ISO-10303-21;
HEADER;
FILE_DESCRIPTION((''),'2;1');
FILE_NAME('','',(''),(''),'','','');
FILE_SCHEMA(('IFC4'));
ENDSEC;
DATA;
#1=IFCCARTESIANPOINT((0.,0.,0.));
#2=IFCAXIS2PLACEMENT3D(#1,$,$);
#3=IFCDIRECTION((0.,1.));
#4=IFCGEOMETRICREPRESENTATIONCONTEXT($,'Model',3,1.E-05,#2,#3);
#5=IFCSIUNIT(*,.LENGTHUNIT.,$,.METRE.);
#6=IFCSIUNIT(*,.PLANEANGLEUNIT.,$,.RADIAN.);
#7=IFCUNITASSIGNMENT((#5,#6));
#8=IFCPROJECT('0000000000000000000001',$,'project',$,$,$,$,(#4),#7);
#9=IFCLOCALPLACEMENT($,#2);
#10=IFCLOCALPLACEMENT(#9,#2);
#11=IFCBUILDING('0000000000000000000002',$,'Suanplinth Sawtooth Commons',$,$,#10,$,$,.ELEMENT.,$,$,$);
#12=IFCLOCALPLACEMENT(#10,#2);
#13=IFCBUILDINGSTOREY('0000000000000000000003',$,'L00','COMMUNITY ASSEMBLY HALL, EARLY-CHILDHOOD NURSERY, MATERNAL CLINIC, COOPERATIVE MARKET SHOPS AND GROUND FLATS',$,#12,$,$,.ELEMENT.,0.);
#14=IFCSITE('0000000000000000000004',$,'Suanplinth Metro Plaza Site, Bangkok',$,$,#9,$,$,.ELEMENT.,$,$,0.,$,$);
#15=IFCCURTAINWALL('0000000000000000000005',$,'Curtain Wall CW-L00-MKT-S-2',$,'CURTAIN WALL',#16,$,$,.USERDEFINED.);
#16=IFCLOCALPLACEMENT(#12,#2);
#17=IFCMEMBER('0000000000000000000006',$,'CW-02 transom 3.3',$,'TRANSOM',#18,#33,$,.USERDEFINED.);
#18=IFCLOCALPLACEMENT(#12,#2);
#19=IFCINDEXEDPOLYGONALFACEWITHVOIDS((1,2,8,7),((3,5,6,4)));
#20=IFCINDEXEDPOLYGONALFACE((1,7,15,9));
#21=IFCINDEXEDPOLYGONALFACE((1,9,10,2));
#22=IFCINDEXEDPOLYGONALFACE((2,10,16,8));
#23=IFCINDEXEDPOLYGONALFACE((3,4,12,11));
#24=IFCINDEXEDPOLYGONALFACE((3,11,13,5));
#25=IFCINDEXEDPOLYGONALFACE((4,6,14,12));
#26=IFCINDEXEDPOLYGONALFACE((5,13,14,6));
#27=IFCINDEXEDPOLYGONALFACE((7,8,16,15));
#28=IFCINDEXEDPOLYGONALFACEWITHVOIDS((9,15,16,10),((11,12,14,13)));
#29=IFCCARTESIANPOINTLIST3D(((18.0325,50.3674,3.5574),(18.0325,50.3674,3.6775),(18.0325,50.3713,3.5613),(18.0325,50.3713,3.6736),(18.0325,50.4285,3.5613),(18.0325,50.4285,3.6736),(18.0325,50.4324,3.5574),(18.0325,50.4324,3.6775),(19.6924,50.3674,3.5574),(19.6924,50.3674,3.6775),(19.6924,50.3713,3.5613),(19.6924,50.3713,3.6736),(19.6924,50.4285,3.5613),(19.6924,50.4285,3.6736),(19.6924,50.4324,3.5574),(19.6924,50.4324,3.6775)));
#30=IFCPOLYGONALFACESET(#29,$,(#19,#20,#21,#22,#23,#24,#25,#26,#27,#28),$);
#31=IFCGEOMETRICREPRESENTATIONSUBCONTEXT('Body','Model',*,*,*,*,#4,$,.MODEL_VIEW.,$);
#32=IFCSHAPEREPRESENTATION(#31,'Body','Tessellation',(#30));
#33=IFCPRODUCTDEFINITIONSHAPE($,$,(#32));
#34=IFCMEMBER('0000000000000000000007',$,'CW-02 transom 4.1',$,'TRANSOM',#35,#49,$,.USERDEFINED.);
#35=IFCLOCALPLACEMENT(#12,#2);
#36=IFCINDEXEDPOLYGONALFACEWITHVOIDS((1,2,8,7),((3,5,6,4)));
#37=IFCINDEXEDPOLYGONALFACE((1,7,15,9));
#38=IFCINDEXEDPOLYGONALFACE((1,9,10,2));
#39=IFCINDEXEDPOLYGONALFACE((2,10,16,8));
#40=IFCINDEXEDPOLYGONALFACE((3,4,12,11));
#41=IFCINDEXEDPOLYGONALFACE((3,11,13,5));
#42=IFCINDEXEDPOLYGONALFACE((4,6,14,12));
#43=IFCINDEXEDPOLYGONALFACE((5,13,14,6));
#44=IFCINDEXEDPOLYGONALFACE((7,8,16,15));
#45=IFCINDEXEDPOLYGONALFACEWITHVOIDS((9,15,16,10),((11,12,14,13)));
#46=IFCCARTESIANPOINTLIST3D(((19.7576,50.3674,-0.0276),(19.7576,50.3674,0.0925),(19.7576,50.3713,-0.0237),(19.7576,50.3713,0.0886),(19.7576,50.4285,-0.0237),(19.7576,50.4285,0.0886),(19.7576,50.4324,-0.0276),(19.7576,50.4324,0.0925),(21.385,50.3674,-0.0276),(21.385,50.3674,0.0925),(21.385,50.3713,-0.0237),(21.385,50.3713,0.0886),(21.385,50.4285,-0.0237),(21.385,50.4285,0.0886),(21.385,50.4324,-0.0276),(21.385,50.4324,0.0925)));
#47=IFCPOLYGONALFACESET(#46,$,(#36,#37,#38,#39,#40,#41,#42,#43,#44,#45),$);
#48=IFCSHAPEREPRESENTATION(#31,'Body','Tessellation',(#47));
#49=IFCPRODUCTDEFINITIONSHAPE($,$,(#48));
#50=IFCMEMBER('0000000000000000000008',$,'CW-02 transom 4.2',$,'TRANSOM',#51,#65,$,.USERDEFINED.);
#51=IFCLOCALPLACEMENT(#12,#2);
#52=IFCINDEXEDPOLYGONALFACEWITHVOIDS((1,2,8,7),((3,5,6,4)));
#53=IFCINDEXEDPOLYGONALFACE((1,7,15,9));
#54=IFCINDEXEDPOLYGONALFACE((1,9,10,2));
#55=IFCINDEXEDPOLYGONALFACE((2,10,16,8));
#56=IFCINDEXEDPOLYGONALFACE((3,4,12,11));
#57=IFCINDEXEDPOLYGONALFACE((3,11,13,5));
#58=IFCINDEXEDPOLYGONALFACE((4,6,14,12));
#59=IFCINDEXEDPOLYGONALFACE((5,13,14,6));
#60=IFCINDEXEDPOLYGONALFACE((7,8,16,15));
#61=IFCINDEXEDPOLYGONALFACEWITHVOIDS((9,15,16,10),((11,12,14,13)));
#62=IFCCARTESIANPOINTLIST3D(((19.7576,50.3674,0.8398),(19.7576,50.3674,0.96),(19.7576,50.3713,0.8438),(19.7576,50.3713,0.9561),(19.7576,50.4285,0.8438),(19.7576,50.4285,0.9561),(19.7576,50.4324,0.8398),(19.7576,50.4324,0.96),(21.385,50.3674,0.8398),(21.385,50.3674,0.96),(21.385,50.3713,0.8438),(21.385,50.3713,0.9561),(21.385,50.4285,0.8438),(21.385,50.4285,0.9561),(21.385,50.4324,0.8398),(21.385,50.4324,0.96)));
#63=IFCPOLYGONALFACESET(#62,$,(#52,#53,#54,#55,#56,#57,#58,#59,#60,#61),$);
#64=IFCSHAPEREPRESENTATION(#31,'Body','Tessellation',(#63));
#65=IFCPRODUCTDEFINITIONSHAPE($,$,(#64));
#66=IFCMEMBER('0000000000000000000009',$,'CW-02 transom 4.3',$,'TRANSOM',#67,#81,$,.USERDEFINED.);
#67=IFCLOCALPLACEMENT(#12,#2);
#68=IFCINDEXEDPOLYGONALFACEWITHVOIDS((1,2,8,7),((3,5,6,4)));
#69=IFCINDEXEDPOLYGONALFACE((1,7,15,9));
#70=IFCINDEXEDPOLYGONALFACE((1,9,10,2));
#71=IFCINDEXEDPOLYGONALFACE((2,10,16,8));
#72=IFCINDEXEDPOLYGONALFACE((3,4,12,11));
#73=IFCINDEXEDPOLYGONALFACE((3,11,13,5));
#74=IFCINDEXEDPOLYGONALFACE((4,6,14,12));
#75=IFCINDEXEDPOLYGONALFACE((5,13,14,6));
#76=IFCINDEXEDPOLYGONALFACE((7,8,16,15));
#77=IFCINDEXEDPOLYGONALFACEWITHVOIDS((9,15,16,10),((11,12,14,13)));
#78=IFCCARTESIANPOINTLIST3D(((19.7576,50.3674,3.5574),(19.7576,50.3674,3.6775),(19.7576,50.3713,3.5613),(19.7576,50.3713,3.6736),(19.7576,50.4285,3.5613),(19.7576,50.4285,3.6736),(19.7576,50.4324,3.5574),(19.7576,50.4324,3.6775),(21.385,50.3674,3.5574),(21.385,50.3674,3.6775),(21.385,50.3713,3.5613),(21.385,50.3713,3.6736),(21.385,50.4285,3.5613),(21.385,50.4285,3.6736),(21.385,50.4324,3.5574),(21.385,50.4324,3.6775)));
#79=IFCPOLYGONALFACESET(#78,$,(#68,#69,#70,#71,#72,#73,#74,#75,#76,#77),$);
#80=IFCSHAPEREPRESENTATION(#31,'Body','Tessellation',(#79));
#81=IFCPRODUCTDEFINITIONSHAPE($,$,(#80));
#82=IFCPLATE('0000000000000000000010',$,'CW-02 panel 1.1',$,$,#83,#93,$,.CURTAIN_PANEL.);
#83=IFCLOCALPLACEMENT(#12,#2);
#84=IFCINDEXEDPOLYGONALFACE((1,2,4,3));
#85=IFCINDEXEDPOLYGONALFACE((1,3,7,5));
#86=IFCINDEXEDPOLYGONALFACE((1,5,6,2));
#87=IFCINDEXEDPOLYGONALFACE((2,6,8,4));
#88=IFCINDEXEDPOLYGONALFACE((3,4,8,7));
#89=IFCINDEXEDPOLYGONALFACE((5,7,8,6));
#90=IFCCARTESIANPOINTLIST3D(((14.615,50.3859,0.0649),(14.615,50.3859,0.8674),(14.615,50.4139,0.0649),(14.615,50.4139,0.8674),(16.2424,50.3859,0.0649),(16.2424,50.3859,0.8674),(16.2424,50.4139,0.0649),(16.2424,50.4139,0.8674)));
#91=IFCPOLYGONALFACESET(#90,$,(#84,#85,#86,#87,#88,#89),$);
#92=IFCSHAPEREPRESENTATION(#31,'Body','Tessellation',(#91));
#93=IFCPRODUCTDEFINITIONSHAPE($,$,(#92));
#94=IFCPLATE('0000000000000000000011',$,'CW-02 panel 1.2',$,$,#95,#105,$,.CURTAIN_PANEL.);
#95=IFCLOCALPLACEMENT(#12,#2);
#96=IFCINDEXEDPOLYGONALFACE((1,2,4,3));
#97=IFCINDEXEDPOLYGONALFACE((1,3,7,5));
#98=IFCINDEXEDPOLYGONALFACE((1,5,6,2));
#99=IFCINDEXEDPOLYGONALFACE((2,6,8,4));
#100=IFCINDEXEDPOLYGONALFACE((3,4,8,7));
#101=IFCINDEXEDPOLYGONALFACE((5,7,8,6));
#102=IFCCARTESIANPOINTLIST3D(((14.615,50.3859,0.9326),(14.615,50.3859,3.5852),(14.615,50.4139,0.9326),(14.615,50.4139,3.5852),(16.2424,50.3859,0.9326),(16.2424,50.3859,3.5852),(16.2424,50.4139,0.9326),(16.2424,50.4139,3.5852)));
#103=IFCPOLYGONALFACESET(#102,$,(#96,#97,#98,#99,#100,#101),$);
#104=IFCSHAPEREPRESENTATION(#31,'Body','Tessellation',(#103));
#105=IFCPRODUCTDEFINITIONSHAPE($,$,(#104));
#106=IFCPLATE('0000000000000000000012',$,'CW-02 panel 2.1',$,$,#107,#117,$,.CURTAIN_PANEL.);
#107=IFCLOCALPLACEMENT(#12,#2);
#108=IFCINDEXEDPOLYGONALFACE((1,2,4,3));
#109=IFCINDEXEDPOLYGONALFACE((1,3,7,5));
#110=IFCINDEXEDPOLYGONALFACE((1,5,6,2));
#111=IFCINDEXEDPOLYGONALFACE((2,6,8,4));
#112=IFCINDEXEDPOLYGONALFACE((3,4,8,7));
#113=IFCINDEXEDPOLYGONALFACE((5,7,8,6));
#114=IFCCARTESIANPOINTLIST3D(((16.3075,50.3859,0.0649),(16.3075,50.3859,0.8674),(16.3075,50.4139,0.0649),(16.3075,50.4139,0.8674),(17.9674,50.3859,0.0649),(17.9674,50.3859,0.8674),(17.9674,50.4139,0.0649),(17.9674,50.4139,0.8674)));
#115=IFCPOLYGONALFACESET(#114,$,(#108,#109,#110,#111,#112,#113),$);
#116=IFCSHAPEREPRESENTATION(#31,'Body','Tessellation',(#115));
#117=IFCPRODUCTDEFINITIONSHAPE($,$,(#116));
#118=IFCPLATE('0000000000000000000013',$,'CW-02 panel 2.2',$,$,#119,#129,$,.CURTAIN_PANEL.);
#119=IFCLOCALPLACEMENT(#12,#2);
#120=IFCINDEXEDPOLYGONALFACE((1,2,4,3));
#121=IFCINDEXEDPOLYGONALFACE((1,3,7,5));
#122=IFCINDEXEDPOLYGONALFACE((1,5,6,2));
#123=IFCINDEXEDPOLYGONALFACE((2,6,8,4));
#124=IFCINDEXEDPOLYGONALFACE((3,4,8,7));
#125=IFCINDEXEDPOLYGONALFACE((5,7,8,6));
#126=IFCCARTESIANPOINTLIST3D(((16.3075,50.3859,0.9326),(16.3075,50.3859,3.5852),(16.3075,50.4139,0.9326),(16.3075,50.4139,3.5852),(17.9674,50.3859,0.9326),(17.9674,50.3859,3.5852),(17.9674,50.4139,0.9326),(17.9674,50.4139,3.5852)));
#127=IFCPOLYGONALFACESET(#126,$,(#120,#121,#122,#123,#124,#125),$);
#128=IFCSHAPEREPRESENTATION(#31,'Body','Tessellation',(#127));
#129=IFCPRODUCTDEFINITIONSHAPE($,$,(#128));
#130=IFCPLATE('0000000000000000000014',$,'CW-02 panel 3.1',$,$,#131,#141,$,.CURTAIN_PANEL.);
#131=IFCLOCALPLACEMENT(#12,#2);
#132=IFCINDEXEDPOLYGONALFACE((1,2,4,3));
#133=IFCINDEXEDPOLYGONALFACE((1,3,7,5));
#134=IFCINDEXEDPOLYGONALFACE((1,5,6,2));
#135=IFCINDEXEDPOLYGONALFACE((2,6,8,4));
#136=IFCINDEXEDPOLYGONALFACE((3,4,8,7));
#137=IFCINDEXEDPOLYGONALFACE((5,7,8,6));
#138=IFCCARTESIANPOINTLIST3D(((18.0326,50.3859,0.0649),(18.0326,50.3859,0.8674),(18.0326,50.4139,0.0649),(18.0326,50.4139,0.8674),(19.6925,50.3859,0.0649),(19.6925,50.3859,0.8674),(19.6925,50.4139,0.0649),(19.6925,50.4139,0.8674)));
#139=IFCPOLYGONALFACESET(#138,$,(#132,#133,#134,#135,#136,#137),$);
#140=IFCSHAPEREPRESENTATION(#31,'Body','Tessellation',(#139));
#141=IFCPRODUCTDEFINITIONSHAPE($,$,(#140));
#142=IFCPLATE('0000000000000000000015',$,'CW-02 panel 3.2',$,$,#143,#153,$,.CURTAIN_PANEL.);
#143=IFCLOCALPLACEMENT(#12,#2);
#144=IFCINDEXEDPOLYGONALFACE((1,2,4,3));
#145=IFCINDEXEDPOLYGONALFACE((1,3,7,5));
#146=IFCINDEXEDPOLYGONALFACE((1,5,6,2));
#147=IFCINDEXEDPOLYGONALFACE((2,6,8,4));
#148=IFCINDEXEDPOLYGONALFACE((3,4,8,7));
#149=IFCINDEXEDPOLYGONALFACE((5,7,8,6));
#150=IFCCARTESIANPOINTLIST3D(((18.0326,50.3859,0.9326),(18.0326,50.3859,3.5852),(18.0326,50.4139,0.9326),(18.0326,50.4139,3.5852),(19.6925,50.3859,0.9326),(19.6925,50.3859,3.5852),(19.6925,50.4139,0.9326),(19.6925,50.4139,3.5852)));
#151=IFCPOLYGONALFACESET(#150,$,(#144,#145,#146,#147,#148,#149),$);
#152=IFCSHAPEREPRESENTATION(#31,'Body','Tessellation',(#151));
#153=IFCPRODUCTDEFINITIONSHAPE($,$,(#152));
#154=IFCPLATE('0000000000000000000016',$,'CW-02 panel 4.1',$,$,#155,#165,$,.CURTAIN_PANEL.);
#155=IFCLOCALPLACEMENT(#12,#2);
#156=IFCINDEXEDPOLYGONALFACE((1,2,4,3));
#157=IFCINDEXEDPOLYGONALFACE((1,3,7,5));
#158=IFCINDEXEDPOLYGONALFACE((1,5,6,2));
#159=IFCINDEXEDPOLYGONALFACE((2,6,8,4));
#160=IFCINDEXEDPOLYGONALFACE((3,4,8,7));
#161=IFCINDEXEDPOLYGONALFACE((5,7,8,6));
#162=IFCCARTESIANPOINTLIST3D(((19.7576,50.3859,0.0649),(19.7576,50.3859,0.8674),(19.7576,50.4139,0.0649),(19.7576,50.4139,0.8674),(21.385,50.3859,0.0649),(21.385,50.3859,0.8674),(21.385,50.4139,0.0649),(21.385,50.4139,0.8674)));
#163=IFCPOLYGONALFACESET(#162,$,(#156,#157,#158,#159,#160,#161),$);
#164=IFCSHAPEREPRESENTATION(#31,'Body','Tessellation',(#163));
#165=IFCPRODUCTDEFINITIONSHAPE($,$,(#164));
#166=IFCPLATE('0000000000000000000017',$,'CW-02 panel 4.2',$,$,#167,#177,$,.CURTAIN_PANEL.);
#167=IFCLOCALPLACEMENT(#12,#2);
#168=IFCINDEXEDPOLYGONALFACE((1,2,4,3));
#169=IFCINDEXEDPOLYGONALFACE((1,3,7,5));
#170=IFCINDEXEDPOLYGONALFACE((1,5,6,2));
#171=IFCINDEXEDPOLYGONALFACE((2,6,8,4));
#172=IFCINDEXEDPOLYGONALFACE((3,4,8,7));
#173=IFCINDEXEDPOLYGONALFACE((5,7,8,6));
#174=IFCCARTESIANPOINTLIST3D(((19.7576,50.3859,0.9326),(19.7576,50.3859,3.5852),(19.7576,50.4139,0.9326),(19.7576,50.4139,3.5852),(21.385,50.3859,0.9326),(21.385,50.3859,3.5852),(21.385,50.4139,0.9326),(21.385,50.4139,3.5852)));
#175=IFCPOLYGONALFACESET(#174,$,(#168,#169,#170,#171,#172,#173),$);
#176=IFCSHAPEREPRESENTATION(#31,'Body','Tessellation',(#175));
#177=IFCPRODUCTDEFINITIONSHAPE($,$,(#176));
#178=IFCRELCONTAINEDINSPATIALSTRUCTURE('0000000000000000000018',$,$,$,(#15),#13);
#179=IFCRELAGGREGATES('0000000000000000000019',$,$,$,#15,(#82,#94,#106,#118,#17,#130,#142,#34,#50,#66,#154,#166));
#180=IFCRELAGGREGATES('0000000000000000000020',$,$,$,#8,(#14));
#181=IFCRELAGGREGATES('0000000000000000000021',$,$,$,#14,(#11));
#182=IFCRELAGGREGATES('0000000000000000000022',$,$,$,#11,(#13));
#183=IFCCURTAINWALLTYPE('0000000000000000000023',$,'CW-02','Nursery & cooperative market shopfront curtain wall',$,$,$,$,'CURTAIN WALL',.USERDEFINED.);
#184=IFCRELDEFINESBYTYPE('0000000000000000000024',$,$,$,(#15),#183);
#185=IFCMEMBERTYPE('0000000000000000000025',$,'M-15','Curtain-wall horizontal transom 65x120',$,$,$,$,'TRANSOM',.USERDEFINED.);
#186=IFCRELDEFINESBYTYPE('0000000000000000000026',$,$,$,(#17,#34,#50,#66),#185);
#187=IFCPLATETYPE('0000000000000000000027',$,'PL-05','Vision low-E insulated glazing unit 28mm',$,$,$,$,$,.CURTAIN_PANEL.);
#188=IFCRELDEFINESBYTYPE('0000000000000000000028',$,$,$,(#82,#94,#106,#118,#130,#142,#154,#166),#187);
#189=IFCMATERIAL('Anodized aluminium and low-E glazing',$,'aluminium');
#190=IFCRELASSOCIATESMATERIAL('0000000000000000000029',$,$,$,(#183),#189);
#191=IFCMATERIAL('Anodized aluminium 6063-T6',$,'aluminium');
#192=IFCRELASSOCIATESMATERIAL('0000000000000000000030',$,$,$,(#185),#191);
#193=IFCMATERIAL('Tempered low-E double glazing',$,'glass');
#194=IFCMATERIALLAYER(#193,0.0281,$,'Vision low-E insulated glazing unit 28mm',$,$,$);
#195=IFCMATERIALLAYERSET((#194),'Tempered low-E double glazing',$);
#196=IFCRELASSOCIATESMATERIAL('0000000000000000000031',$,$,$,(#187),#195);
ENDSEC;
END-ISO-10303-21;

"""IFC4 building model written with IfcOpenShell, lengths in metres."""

from ifc_helpers import new_model, si_unit, direction, frame, origin, origin_2d, place, context, subcontext, project, spatial, rectangle, hollow_rectangle, extrude, material, layer, layer_set, material_profile, profile_set, type_object, element, aggregate, save


model = new_model("IFC4")

# Units and contexts
model_context = context("Model", 3, precision=1e-05, world=origin(), true_north=direction((0.0, 1.0)))
body_context = subcontext(model_context, "Body", "Model", "MODEL_VIEW")
ifc_project = project(units=[si_unit("LENGTHUNIT", "METRE"), si_unit("PLANEANGLEUNIT", "RADIAN")], contexts=[model_context])

# Site, building, storey
site_placement = place(None, origin())
site = spatial("IfcSite", under=ifc_project, at=site_placement, Name="Suanplinth Metro Plaza Site, Bangkok", CompositionType="ELEMENT", RefElevation=0.0)
building_placement = place(site_placement, origin())
building = spatial("IfcBuilding", under=site, at=building_placement, Name="Suanplinth Sawtooth Commons", CompositionType="ELEMENT")
storey_placement = place(building_placement, origin())
storey = spatial("IfcBuildingStorey", under=building, at=storey_placement, Name="L00", Description="COMMUNITY ASSEMBLY HALL, EARLY-CHILDHOOD NURSERY, MATERNAL CLINIC, COOPERATIVE MARKET SHOPS AND GROUND FLATS", CompositionType="ELEMENT", Elevation=0.0)

# Curtain wall, members, plates
ifc_material_1 = material(Name="Anodized aluminium and low-E glazing", Category="aluminium")
curtain_wall_type = type_object("IfcCurtainWallType", Name="CW-02", Description="Nursery & cooperative market shopfront curtain wall", ElementType="CURTAIN WALL", PredefinedType="USERDEFINED", material=ifc_material_1)
curtain_wall_placement = place(storey_placement, origin())
curtain_wall = element("IfcCurtainWall", 1, at=curtain_wall_placement, inside=storey, type_object=curtain_wall_type, Name="Curtain Wall CW-L00-MKT-S-2", ObjectType="CURTAIN WALL", PredefinedType="USERDEFINED")
ifc_material_2 = material(Name="Anodized aluminium 6063-T6", Category="aluminium")
ifc_material_profile_1 = material_profile(ifc_material_2, hollow_rectangle(XDim=0.0649, YDim=0.1201, WallThickness=0.0039, at=origin_2d()), Name="ALU-TRN 65x120")
ifc_profile_set_1 = profile_set([ifc_material_profile_1], Name="Anodized aluminium 6063-T6")
member_type_1 = type_object("IfcMemberType", Name="M-15", Description="Curtain-wall horizontal transom 65x120", ElementType="TRANSOM", PredefinedType="USERDEFINED", material=ifc_profile_set_1)
member_1_placement = place(storey_placement, frame((18.0325, 50.3999, 3.6174), z_axis=(1.0, 0.0, 0.0), x_axis=(0.0, 1.0, 0.0)))
member_1 = element("IfcMember", 2, at=member_1_placement, type_object=member_type_1, Name="CW-02 transom 3.3", ObjectType="TRANSOM", PredefinedType="USERDEFINED", context=body_context, shape_type="SweptSolid", body=[
    extrude(hollow_rectangle(XDim=0.0649, YDim=0.1201, WallThickness=0.0039, at=origin_2d()), origin(), (0.0, 0.0, 1.0), 1.6599),
])
member_2_placement = place(storey_placement, frame((19.7576, 50.3999, 0.0325), z_axis=(1.0, 0.0, 0.0), x_axis=(0.0, 1.0, 0.0)))
member_2 = element("IfcMember", 3, at=member_2_placement, type_object=member_type_1, Name="CW-02 transom 4.1", ObjectType="TRANSOM", PredefinedType="USERDEFINED", context=body_context, shape_type="SweptSolid", body=[
    extrude(hollow_rectangle(XDim=0.0649, YDim=0.1201, WallThickness=0.0039, at=origin_2d()), origin(), (0.0, 0.0, 1.0), 1.6274),
])
member_3_placement = place(storey_placement, frame((19.7576, 50.3999, 0.8999), z_axis=(1.0, 0.0, 0.0), x_axis=(0.0, 1.0, 0.0)))
member_3 = element("IfcMember", 4, at=member_3_placement, type_object=member_type_1, Name="CW-02 transom 4.2", ObjectType="TRANSOM", PredefinedType="USERDEFINED", context=body_context, shape_type="SweptSolid", body=[
    extrude(hollow_rectangle(XDim=0.0649, YDim=0.1201, WallThickness=0.0039, at=origin_2d()), origin(), (0.0, 0.0, 1.0), 1.6274),
])
member_4_placement = place(storey_placement, frame((19.7576, 50.3999, 3.6174), z_axis=(1.0, 0.0, 0.0), x_axis=(0.0, 1.0, 0.0)))
member_4 = element("IfcMember", 5, at=member_4_placement, type_object=member_type_1, Name="CW-02 transom 4.3", ObjectType="TRANSOM", PredefinedType="USERDEFINED", context=body_context, shape_type="SweptSolid", body=[
    extrude(hollow_rectangle(XDim=0.0649, YDim=0.1201, WallThickness=0.0039, at=origin_2d()), origin(), (0.0, 0.0, 1.0), 1.6274),
])
ifc_material_3 = material(Name="Tempered low-E double glazing", Category="glass")
ifc_layer_1 = layer(ifc_material_3, 0.0281, Name="Vision low-E insulated glazing unit 28mm")
ifc_layer_set_1 = layer_set([ifc_layer_1], Name="Tempered low-E double glazing")
plate_type = type_object("IfcPlateType", Name="PL-05", Description="Vision low-E insulated glazing unit 28mm", PredefinedType="CURTAIN_PANEL", material=ifc_layer_set_1)
plate_1_placement = place(storey_placement, frame((15.4287, 50.3999, 0.0649), z_axis=(0.0, 0.0, 1.0), x_axis=(1.0, 0.0, 0.0)))
plate_1 = element("IfcPlate", 6, at=plate_1_placement, type_object=plate_type, Name="CW-02 panel 1.1", PredefinedType="CURTAIN_PANEL", context=body_context, shape_type="SweptSolid", body=[
    extrude(rectangle(XDim=1.6274, YDim=0.0281, at=origin_2d()), origin(), (0.0, 0.0, 1.0), 0.8025),
])
plate_2_placement = place(storey_placement, frame((15.4287, 50.3999, 0.9326), z_axis=(0.0, 0.0, 1.0), x_axis=(1.0, 0.0, 0.0)))
plate_2 = element("IfcPlate", 7, at=plate_2_placement, type_object=plate_type, Name="CW-02 panel 1.2", PredefinedType="CURTAIN_PANEL", context=body_context, shape_type="SweptSolid", body=[
    extrude(rectangle(XDim=1.6274, YDim=0.0281, at=origin_2d()), origin(), (0.0, 0.0, 1.0), 2.6526),
])
plate_3_placement = place(storey_placement, frame((17.1375, 50.3999, 0.0649), z_axis=(0.0, 0.0, 1.0), x_axis=(1.0, 0.0, 0.0)))
plate_3 = element("IfcPlate", 8, at=plate_3_placement, type_object=plate_type, Name="CW-02 panel 2.1", PredefinedType="CURTAIN_PANEL", context=body_context, shape_type="SweptSolid", body=[
    extrude(rectangle(XDim=1.6599, YDim=0.0281, at=origin_2d()), origin(), (0.0, 0.0, 1.0), 0.8025),
])
plate_4_placement = place(storey_placement, frame((17.1375, 50.3999, 0.9326), z_axis=(0.0, 0.0, 1.0), x_axis=(1.0, 0.0, 0.0)))
plate_4 = element("IfcPlate", 9, at=plate_4_placement, type_object=plate_type, Name="CW-02 panel 2.2", PredefinedType="CURTAIN_PANEL", context=body_context, shape_type="SweptSolid", body=[
    extrude(rectangle(XDim=1.6599, YDim=0.0281, at=origin_2d()), origin(), (0.0, 0.0, 1.0), 2.6526),
])
plate_5_placement = place(storey_placement, frame((18.8625, 50.3999, 0.0649), z_axis=(0.0, 0.0, 1.0), x_axis=(1.0, 0.0, 0.0)))
plate_5 = element("IfcPlate", 10, at=plate_5_placement, type_object=plate_type, Name="CW-02 panel 3.1", PredefinedType="CURTAIN_PANEL", context=body_context, shape_type="SweptSolid", body=[
    extrude(rectangle(XDim=1.6599, YDim=0.0281, at=origin_2d()), origin(), (0.0, 0.0, 1.0), 0.8025),
])
plate_6_placement = place(storey_placement, frame((18.8625, 50.3999, 0.9326), z_axis=(0.0, 0.0, 1.0), x_axis=(1.0, 0.0, 0.0)))
plate_6 = element("IfcPlate", 11, at=plate_6_placement, type_object=plate_type, Name="CW-02 panel 3.2", PredefinedType="CURTAIN_PANEL", context=body_context, shape_type="SweptSolid", body=[
    extrude(rectangle(XDim=1.6599, YDim=0.0281, at=origin_2d()), origin(), (0.0, 0.0, 1.0), 2.6526),
])
plate_7_placement = place(storey_placement, frame((20.5713, 50.3999, 0.0649), z_axis=(0.0, 0.0, 1.0), x_axis=(1.0, 0.0, 0.0)))
plate_7 = element("IfcPlate", 12, at=plate_7_placement, type_object=plate_type, Name="CW-02 panel 4.1", PredefinedType="CURTAIN_PANEL", context=body_context, shape_type="SweptSolid", body=[
    extrude(rectangle(XDim=1.6274, YDim=0.0281, at=origin_2d()), origin(), (0.0, 0.0, 1.0), 0.8025),
])
plate_8_placement = place(storey_placement, frame((20.5713, 50.3999, 0.9326), z_axis=(0.0, 0.0, 1.0), x_axis=(1.0, 0.0, 0.0)))
plate_8 = element("IfcPlate", 13, at=plate_8_placement, type_object=plate_type, Name="CW-02 panel 4.2", PredefinedType="CURTAIN_PANEL", context=body_context, shape_type="SweptSolid", body=[
    extrude(rectangle(XDim=1.6274, YDim=0.0281, at=origin_2d()), origin(), (0.0, 0.0, 1.0), 2.6526),
])
aggregate(curtain_wall, [plate_1, plate_2, plate_3, plate_4, member_1, plate_5, plate_6, member_2, member_3, member_4, plate_7, plate_8])

save(model, "model.ifc")
